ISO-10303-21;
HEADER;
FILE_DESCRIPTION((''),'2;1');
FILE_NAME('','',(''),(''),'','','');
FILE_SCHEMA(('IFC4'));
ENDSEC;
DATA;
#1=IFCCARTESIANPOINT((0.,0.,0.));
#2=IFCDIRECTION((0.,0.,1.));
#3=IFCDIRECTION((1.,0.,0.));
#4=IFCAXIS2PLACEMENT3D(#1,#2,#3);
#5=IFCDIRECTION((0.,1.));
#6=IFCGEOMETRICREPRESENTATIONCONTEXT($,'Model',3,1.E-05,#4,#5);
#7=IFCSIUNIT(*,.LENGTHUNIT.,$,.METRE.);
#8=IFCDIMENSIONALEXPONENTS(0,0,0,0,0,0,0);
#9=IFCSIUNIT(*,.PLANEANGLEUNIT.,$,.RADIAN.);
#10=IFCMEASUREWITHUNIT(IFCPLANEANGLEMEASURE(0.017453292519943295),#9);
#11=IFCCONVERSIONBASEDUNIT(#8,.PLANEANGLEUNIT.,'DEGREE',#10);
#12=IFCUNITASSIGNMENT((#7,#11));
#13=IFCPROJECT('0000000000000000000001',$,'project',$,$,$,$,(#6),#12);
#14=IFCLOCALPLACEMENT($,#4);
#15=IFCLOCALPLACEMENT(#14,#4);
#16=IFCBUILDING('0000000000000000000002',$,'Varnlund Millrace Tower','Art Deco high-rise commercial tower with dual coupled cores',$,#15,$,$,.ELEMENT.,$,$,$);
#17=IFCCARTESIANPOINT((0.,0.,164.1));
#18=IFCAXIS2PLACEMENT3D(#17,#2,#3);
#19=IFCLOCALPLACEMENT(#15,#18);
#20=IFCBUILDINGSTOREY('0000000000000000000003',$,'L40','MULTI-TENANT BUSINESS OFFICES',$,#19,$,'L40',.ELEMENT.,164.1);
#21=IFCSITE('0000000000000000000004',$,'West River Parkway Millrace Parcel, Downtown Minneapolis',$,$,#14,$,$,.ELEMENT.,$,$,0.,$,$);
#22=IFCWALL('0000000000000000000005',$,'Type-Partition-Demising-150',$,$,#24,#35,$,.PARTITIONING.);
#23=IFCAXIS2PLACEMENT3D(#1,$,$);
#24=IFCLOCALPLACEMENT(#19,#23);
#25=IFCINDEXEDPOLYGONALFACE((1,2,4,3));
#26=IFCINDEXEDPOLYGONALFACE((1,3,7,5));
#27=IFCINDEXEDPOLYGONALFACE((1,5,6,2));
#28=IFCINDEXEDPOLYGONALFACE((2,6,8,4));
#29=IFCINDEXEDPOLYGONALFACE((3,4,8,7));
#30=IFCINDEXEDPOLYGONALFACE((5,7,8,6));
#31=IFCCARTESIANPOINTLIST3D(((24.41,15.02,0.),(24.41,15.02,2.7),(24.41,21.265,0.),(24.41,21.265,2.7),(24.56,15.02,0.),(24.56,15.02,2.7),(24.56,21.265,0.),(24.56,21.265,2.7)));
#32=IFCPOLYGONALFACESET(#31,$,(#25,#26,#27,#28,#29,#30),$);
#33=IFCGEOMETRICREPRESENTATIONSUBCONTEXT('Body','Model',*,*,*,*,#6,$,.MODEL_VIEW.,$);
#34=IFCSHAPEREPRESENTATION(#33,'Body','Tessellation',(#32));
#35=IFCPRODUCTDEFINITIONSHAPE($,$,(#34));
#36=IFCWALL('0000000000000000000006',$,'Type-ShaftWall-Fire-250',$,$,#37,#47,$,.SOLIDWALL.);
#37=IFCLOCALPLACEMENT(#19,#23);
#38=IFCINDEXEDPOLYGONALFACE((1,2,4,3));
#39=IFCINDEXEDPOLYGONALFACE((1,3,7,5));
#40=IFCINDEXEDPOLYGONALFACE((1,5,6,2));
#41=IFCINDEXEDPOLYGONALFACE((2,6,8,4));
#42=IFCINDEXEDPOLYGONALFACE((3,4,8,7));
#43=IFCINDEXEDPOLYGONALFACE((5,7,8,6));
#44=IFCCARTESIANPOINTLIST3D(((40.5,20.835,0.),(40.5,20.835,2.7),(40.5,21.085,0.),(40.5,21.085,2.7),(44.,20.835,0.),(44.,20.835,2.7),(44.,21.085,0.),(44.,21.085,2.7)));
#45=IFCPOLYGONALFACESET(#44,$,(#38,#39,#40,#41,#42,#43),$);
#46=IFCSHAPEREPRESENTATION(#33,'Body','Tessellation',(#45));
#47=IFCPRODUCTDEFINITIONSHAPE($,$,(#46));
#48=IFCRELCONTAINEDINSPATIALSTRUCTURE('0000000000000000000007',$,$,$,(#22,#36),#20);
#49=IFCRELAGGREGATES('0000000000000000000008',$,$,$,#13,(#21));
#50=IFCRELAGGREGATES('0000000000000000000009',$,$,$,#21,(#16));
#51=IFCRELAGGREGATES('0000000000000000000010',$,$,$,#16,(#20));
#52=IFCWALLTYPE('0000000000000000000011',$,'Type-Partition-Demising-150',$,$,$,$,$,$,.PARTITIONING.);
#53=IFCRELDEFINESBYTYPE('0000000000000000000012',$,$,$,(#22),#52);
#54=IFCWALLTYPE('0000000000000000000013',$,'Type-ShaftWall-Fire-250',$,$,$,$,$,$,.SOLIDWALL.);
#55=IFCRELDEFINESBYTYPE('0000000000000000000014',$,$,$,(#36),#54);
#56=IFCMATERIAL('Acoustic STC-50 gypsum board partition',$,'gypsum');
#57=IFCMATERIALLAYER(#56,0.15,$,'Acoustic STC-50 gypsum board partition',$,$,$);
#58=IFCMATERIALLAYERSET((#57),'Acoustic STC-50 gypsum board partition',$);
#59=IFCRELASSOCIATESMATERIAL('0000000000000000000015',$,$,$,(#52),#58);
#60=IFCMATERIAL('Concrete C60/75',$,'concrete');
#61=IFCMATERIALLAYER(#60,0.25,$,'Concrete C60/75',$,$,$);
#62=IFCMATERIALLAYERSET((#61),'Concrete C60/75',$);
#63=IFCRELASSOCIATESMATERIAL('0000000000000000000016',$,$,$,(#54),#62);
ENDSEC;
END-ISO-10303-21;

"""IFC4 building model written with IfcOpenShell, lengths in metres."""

from ifc_helpers import new_model, entity, si_unit, converted_unit, direction, frame, origin_with_axes, place, context, subcontext, project, spatial, polyline, outline, extrude, material, layer, layer_set, type_object, element, save


model = new_model("IFC4")

# Units and contexts
model_context = context("Model", 3, precision=1e-05, world=origin_with_axes(), true_north=direction((0.0, 1.0)))
body_context = subcontext(model_context, "Body", "Model", "MODEL_VIEW")
ifc_project = project(units=[si_unit("LENGTHUNIT", "METRE"), converted_unit("PLANEANGLEUNIT", "DEGREE", entity("IfcPlaneAngleMeasure", 0.017453292519943295), si_unit("PLANEANGLEUNIT", "RADIAN"), dimensions=[0, 0, 0, 0, 0, 0, 0])], contexts=[model_context])

# Site, building, storey
site_placement = place(None, origin_with_axes())
site = spatial("IfcSite", under=ifc_project, at=site_placement, Name="West River Parkway Millrace Parcel, Downtown Minneapolis", CompositionType="ELEMENT", RefElevation=0.0)
building_placement = place(site_placement, origin_with_axes())
building = spatial("IfcBuilding", under=site, at=building_placement, Name="Varnlund Millrace Tower", Description="Art Deco high-rise commercial tower with dual coupled cores", CompositionType="ELEMENT")
storey_placement = place(building_placement, frame((0.0, 0.0, 164.1), z_axis=(0.0, 0.0, 1.0), x_axis=(1.0, 0.0, 0.0)))
storey = spatial("IfcBuildingStorey", under=building, at=storey_placement, Name="L40", Description="MULTI-TENANT BUSINESS OFFICES", LongName="L40", CompositionType="ELEMENT", Elevation=164.1)

# Walls
ifc_material_1 = material(Name="Acoustic STC-50 gypsum board partition", Category="gypsum")
ifc_layer_1 = layer(ifc_material_1, 0.15, Name="Acoustic STC-50 gypsum board partition")
ifc_layer_set_1 = layer_set([ifc_layer_1], Name="Acoustic STC-50 gypsum board partition")
wall_type_1 = type_object("IfcWallType", Name="Type-Partition-Demising-150", PredefinedType="PARTITIONING", material=ifc_layer_set_1)
wall_1_placement = place(storey_placement, frame((24.485, 15.02, 0.0), z_axis=(0.0, 0.0, 1.0), x_axis=(0.0, 1.0, 0.0)))
element("IfcWall", 1, at=wall_1_placement, inside=storey, type_object=wall_type_1, Name="Type-Partition-Demising-150", PredefinedType="PARTITIONING", context=body_context, shape_type="SweptSolid", body=[
    extrude(outline(polyline([(0.0, -0.075), (6.245, -0.075), (6.245, 0.075), (0.0, 0.075), (0.0, -0.075)])), origin_with_axes(), (0.0, 0.0, 1.0), 2.7),
])
ifc_material_2 = material(Name="Concrete C60/75", Category="concrete")
ifc_layer_2 = layer(ifc_material_2, 0.25, Name="Concrete C60/75")
ifc_layer_set_2 = layer_set([ifc_layer_2], Name="Concrete C60/75")
wall_type_2 = type_object("IfcWallType", Name="Type-ShaftWall-Fire-250", PredefinedType="SOLIDWALL", material=ifc_layer_set_2)
wall_2_placement = place(storey_placement, frame((40.5, 20.96, 0.0), z_axis=(0.0, 0.0, 1.0), x_axis=(1.0, 0.0, 0.0)))
element("IfcWall", 2, at=wall_2_placement, inside=storey, type_object=wall_type_2, Name="Type-ShaftWall-Fire-250", PredefinedType="SOLIDWALL", context=body_context, shape_type="SweptSolid", body=[
    extrude(outline(polyline([(0.0, -0.125), (3.5, -0.125), (3.5, 0.125), (0.0, 0.125), (0.0, -0.125)])), origin_with_axes(), (0.0, 0.0, 1.0), 2.7),
])

save(model, "model.ifc")
